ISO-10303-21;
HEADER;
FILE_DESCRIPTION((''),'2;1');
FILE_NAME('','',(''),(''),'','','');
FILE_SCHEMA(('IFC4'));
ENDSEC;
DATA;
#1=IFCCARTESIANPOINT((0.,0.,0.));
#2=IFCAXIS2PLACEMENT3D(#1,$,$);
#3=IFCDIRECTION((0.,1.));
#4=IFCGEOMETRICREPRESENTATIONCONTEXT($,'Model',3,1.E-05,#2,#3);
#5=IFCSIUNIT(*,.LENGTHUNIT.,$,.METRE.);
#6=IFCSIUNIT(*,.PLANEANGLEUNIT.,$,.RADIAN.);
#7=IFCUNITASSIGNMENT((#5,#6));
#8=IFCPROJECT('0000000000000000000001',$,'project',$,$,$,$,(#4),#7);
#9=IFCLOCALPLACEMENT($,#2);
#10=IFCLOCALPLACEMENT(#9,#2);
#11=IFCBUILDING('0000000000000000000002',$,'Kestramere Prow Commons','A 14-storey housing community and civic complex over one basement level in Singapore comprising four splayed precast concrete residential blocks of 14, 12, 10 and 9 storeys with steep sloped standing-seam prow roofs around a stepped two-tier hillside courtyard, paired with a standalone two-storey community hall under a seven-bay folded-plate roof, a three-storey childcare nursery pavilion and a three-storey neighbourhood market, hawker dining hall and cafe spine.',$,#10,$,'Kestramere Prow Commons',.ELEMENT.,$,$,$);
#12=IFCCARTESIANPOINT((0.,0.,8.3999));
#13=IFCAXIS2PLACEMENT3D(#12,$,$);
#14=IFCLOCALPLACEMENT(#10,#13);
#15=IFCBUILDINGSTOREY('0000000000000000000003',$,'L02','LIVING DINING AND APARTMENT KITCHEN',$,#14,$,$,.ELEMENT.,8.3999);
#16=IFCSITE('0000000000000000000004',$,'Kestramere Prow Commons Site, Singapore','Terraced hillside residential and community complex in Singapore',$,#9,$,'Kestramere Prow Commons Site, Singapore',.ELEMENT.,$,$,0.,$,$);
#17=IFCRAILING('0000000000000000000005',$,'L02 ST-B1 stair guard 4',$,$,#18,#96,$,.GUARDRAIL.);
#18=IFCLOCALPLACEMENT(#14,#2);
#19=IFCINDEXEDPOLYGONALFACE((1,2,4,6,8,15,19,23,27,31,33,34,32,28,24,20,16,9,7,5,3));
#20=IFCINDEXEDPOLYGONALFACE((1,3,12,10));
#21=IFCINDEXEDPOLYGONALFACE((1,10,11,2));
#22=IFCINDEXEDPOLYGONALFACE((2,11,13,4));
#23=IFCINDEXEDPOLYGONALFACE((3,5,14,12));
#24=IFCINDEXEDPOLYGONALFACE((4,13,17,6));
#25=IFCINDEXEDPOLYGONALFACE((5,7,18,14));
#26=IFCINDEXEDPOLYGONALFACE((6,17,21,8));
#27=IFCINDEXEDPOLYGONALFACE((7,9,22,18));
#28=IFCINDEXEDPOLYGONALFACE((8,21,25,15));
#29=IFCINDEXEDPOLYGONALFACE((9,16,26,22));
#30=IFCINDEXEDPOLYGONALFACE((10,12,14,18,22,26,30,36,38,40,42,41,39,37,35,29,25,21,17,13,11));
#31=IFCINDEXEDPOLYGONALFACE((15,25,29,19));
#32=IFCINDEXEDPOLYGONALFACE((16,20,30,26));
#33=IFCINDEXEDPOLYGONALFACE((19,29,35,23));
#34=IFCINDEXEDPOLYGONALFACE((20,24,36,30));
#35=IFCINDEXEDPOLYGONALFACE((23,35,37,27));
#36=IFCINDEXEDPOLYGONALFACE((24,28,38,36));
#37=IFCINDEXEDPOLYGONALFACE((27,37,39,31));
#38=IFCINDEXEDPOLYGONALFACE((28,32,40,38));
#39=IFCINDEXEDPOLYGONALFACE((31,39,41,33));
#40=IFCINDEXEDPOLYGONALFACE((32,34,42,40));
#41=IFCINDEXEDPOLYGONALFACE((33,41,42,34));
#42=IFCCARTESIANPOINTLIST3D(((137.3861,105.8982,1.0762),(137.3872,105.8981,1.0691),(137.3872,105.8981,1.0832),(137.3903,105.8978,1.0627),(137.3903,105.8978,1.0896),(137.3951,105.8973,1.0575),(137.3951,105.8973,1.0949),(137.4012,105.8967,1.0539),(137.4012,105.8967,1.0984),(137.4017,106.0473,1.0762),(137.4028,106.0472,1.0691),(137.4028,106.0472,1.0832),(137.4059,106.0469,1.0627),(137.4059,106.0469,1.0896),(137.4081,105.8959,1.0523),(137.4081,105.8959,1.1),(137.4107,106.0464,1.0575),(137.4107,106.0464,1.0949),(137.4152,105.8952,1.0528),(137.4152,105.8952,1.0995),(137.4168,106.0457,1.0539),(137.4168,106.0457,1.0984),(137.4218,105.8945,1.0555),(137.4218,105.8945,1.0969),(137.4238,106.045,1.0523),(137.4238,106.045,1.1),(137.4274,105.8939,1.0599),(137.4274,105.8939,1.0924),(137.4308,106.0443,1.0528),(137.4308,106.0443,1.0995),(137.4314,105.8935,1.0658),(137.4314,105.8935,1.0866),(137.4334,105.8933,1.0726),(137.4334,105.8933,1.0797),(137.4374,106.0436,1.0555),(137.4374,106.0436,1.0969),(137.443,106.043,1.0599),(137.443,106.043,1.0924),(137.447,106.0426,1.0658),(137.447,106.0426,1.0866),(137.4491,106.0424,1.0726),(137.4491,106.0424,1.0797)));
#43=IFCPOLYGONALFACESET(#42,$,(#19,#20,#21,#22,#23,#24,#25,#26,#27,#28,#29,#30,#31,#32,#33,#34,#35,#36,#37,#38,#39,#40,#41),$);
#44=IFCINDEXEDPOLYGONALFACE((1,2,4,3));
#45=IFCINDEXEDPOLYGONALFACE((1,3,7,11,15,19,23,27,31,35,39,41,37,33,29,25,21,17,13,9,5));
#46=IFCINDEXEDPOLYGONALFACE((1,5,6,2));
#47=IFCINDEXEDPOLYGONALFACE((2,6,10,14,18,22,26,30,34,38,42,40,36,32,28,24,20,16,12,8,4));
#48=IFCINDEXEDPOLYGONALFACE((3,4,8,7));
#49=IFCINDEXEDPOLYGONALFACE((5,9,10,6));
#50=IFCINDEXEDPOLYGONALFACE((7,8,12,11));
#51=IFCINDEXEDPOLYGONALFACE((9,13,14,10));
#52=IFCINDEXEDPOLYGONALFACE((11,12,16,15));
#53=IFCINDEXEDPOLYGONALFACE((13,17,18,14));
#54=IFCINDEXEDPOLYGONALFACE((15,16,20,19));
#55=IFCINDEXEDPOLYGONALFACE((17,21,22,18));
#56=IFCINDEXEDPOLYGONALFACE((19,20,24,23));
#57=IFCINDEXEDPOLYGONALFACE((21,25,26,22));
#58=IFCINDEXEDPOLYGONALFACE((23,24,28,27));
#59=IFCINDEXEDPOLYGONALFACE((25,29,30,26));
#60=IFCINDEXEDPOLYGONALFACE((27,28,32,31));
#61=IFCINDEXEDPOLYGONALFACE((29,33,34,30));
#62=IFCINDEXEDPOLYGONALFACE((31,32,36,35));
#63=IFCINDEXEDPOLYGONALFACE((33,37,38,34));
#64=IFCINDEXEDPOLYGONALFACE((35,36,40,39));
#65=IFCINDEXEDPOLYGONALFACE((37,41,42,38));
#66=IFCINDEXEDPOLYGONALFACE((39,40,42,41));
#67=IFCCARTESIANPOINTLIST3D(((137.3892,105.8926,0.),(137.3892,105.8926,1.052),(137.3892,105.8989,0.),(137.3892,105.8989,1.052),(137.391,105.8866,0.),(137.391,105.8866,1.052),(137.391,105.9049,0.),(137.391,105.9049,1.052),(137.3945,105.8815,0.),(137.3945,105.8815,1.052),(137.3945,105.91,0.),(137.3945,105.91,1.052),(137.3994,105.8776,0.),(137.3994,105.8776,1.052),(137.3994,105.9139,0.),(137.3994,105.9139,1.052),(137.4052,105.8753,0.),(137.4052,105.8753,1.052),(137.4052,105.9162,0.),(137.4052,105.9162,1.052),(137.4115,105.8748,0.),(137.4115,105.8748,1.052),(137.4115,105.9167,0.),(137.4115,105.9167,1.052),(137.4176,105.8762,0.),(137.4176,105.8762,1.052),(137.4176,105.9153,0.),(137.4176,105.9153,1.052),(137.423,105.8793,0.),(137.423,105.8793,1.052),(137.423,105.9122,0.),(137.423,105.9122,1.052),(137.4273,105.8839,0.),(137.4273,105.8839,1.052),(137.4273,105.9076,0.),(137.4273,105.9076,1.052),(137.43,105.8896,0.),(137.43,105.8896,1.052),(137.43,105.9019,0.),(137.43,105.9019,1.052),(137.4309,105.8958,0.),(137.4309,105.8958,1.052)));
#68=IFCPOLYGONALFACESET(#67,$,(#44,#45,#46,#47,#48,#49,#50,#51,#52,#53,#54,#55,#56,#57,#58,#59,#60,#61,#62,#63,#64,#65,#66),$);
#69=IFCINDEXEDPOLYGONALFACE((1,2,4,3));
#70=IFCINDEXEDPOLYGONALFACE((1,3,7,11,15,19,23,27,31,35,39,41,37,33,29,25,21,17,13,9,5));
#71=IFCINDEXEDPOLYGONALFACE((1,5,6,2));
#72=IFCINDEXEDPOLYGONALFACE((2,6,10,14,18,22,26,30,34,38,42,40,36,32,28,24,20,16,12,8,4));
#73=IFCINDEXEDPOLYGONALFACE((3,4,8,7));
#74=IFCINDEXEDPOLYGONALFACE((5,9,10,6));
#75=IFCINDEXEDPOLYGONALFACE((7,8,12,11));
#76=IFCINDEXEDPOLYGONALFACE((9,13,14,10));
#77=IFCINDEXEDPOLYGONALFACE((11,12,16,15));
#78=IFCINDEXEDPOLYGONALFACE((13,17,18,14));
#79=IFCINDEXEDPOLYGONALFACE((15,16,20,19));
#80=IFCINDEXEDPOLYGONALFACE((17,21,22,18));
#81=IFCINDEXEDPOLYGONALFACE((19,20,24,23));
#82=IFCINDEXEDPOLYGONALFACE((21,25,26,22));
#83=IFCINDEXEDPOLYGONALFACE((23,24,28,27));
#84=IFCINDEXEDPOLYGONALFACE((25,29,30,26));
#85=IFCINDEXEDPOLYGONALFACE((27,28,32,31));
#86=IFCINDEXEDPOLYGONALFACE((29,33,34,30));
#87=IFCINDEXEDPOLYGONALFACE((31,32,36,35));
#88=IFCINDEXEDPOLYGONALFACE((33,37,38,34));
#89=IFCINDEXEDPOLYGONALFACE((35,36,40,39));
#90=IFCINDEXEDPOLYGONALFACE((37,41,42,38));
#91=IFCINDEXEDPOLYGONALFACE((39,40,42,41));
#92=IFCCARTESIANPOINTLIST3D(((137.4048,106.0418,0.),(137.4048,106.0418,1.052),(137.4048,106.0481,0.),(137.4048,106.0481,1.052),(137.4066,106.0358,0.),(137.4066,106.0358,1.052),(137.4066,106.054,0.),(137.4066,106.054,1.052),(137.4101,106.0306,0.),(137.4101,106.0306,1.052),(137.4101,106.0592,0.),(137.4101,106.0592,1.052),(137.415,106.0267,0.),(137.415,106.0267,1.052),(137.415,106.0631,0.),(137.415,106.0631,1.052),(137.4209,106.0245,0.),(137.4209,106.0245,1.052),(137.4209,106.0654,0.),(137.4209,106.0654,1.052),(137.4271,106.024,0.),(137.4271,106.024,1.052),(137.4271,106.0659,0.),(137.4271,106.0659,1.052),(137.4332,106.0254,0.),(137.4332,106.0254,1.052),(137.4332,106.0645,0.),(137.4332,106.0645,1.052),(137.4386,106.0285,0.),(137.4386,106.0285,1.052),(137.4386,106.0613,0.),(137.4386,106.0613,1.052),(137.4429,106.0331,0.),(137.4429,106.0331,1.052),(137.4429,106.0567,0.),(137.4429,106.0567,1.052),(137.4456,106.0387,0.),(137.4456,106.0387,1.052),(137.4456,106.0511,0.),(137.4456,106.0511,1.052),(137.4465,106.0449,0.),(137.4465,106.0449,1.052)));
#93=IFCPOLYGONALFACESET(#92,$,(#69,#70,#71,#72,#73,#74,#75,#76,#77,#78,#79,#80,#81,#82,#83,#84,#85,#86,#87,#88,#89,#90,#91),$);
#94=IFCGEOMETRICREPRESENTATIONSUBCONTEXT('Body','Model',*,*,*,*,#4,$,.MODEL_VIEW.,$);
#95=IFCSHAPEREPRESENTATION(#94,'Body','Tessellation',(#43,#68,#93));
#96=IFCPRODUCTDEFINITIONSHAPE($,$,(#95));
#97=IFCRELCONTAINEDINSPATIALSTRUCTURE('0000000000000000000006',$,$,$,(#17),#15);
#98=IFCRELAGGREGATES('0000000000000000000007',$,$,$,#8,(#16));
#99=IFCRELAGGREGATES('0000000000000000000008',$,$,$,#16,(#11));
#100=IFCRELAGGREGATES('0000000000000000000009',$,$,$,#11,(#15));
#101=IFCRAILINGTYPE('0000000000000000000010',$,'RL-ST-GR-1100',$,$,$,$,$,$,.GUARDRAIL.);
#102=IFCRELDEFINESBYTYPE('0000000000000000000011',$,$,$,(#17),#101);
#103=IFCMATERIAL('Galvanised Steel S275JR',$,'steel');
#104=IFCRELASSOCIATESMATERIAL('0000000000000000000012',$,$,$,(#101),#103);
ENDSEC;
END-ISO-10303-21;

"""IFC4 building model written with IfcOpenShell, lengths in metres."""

from ifc_helpers import new_model, si_unit, direction, frame, origin, origin_2d, place, context, subcontext, project, spatial, circle, extrude, material, type_object, element, save


model = new_model("IFC4")

# Units and contexts
model_context = context("Model", 3, precision=1e-05, world=origin(), true_north=direction((0.0, 1.0)))
body_context = subcontext(model_context, "Body", "Model", "MODEL_VIEW")
ifc_project = project(units=[si_unit("LENGTHUNIT", "METRE"), si_unit("PLANEANGLEUNIT", "RADIAN")], contexts=[model_context])

# Site, building, storey
site_placement = place(None, origin())
site = spatial("IfcSite", under=ifc_project, at=site_placement, Name="Kestramere Prow Commons Site, Singapore", Description="Terraced hillside residential and community complex in Singapore", LongName="Kestramere Prow Commons Site, Singapore", CompositionType="ELEMENT", RefElevation=0.0)
building_placement = place(site_placement, origin())
building = spatial("IfcBuilding", under=site, at=building_placement, Name="Kestramere Prow Commons", Description="A 14-storey housing community and civic complex over one basement level in Singapore comprising four splayed precast concrete residential blocks of 14, 12, 10 and 9 storeys with steep sloped standing-seam prow roofs around a stepped two-tier hillside courtyard, paired with a standalone two-storey community hall under a seven-bay folded-plate roof, a three-storey childcare nursery pavilion and a three-storey neighbourhood market, hawker dining hall and cafe spine.", LongName="Kestramere Prow Commons", CompositionType="ELEMENT")
storey_placement = place(building_placement, frame((0.0, 0.0, 8.3999)))
storey = spatial("IfcBuildingStorey", under=building, at=storey_placement, Name="L02", Description="LIVING DINING AND APARTMENT KITCHEN", CompositionType="ELEMENT", Elevation=8.3999)

# Railing
ifc_material_1 = material(Name="Galvanised Steel S275JR", Category="steel")
railing_type_1 = type_object("IfcRailingType", Name="RL-ST-GR-1100", PredefinedType="GUARDRAIL", material=ifc_material_1)
railing_1_placement = place(storey_placement, frame((137.4099, 105.8958, 0.0)))
element("IfcRailing", 1, at=railing_1_placement, inside=storey, type_object=railing_type_1, Name="L02 ST-B1 stair guard 4", PredefinedType="GUARDRAIL", context=body_context, shape_type="SweptSolid", body=[
    extrude(circle(Radius=0.0239, at=origin_2d()), frame((0.0, 0.0, 1.0762), z_axis=(0.104176, 0.994559, 0.0), x_axis=(-0.994559, 0.104176, 0.0)), (0.0, 0.0, 1.0), 0.1499),
    extrude(circle(Radius=0.021, at=origin_2d()), origin(), (0.0, 0.0, 1.0), 1.052),
    extrude(circle(Radius=0.021, at=origin_2d()), frame((0.0156, 0.1492, 0.0)), (0.0, 0.0, 1.0), 1.052),
])

save(model, "model.ifc")
